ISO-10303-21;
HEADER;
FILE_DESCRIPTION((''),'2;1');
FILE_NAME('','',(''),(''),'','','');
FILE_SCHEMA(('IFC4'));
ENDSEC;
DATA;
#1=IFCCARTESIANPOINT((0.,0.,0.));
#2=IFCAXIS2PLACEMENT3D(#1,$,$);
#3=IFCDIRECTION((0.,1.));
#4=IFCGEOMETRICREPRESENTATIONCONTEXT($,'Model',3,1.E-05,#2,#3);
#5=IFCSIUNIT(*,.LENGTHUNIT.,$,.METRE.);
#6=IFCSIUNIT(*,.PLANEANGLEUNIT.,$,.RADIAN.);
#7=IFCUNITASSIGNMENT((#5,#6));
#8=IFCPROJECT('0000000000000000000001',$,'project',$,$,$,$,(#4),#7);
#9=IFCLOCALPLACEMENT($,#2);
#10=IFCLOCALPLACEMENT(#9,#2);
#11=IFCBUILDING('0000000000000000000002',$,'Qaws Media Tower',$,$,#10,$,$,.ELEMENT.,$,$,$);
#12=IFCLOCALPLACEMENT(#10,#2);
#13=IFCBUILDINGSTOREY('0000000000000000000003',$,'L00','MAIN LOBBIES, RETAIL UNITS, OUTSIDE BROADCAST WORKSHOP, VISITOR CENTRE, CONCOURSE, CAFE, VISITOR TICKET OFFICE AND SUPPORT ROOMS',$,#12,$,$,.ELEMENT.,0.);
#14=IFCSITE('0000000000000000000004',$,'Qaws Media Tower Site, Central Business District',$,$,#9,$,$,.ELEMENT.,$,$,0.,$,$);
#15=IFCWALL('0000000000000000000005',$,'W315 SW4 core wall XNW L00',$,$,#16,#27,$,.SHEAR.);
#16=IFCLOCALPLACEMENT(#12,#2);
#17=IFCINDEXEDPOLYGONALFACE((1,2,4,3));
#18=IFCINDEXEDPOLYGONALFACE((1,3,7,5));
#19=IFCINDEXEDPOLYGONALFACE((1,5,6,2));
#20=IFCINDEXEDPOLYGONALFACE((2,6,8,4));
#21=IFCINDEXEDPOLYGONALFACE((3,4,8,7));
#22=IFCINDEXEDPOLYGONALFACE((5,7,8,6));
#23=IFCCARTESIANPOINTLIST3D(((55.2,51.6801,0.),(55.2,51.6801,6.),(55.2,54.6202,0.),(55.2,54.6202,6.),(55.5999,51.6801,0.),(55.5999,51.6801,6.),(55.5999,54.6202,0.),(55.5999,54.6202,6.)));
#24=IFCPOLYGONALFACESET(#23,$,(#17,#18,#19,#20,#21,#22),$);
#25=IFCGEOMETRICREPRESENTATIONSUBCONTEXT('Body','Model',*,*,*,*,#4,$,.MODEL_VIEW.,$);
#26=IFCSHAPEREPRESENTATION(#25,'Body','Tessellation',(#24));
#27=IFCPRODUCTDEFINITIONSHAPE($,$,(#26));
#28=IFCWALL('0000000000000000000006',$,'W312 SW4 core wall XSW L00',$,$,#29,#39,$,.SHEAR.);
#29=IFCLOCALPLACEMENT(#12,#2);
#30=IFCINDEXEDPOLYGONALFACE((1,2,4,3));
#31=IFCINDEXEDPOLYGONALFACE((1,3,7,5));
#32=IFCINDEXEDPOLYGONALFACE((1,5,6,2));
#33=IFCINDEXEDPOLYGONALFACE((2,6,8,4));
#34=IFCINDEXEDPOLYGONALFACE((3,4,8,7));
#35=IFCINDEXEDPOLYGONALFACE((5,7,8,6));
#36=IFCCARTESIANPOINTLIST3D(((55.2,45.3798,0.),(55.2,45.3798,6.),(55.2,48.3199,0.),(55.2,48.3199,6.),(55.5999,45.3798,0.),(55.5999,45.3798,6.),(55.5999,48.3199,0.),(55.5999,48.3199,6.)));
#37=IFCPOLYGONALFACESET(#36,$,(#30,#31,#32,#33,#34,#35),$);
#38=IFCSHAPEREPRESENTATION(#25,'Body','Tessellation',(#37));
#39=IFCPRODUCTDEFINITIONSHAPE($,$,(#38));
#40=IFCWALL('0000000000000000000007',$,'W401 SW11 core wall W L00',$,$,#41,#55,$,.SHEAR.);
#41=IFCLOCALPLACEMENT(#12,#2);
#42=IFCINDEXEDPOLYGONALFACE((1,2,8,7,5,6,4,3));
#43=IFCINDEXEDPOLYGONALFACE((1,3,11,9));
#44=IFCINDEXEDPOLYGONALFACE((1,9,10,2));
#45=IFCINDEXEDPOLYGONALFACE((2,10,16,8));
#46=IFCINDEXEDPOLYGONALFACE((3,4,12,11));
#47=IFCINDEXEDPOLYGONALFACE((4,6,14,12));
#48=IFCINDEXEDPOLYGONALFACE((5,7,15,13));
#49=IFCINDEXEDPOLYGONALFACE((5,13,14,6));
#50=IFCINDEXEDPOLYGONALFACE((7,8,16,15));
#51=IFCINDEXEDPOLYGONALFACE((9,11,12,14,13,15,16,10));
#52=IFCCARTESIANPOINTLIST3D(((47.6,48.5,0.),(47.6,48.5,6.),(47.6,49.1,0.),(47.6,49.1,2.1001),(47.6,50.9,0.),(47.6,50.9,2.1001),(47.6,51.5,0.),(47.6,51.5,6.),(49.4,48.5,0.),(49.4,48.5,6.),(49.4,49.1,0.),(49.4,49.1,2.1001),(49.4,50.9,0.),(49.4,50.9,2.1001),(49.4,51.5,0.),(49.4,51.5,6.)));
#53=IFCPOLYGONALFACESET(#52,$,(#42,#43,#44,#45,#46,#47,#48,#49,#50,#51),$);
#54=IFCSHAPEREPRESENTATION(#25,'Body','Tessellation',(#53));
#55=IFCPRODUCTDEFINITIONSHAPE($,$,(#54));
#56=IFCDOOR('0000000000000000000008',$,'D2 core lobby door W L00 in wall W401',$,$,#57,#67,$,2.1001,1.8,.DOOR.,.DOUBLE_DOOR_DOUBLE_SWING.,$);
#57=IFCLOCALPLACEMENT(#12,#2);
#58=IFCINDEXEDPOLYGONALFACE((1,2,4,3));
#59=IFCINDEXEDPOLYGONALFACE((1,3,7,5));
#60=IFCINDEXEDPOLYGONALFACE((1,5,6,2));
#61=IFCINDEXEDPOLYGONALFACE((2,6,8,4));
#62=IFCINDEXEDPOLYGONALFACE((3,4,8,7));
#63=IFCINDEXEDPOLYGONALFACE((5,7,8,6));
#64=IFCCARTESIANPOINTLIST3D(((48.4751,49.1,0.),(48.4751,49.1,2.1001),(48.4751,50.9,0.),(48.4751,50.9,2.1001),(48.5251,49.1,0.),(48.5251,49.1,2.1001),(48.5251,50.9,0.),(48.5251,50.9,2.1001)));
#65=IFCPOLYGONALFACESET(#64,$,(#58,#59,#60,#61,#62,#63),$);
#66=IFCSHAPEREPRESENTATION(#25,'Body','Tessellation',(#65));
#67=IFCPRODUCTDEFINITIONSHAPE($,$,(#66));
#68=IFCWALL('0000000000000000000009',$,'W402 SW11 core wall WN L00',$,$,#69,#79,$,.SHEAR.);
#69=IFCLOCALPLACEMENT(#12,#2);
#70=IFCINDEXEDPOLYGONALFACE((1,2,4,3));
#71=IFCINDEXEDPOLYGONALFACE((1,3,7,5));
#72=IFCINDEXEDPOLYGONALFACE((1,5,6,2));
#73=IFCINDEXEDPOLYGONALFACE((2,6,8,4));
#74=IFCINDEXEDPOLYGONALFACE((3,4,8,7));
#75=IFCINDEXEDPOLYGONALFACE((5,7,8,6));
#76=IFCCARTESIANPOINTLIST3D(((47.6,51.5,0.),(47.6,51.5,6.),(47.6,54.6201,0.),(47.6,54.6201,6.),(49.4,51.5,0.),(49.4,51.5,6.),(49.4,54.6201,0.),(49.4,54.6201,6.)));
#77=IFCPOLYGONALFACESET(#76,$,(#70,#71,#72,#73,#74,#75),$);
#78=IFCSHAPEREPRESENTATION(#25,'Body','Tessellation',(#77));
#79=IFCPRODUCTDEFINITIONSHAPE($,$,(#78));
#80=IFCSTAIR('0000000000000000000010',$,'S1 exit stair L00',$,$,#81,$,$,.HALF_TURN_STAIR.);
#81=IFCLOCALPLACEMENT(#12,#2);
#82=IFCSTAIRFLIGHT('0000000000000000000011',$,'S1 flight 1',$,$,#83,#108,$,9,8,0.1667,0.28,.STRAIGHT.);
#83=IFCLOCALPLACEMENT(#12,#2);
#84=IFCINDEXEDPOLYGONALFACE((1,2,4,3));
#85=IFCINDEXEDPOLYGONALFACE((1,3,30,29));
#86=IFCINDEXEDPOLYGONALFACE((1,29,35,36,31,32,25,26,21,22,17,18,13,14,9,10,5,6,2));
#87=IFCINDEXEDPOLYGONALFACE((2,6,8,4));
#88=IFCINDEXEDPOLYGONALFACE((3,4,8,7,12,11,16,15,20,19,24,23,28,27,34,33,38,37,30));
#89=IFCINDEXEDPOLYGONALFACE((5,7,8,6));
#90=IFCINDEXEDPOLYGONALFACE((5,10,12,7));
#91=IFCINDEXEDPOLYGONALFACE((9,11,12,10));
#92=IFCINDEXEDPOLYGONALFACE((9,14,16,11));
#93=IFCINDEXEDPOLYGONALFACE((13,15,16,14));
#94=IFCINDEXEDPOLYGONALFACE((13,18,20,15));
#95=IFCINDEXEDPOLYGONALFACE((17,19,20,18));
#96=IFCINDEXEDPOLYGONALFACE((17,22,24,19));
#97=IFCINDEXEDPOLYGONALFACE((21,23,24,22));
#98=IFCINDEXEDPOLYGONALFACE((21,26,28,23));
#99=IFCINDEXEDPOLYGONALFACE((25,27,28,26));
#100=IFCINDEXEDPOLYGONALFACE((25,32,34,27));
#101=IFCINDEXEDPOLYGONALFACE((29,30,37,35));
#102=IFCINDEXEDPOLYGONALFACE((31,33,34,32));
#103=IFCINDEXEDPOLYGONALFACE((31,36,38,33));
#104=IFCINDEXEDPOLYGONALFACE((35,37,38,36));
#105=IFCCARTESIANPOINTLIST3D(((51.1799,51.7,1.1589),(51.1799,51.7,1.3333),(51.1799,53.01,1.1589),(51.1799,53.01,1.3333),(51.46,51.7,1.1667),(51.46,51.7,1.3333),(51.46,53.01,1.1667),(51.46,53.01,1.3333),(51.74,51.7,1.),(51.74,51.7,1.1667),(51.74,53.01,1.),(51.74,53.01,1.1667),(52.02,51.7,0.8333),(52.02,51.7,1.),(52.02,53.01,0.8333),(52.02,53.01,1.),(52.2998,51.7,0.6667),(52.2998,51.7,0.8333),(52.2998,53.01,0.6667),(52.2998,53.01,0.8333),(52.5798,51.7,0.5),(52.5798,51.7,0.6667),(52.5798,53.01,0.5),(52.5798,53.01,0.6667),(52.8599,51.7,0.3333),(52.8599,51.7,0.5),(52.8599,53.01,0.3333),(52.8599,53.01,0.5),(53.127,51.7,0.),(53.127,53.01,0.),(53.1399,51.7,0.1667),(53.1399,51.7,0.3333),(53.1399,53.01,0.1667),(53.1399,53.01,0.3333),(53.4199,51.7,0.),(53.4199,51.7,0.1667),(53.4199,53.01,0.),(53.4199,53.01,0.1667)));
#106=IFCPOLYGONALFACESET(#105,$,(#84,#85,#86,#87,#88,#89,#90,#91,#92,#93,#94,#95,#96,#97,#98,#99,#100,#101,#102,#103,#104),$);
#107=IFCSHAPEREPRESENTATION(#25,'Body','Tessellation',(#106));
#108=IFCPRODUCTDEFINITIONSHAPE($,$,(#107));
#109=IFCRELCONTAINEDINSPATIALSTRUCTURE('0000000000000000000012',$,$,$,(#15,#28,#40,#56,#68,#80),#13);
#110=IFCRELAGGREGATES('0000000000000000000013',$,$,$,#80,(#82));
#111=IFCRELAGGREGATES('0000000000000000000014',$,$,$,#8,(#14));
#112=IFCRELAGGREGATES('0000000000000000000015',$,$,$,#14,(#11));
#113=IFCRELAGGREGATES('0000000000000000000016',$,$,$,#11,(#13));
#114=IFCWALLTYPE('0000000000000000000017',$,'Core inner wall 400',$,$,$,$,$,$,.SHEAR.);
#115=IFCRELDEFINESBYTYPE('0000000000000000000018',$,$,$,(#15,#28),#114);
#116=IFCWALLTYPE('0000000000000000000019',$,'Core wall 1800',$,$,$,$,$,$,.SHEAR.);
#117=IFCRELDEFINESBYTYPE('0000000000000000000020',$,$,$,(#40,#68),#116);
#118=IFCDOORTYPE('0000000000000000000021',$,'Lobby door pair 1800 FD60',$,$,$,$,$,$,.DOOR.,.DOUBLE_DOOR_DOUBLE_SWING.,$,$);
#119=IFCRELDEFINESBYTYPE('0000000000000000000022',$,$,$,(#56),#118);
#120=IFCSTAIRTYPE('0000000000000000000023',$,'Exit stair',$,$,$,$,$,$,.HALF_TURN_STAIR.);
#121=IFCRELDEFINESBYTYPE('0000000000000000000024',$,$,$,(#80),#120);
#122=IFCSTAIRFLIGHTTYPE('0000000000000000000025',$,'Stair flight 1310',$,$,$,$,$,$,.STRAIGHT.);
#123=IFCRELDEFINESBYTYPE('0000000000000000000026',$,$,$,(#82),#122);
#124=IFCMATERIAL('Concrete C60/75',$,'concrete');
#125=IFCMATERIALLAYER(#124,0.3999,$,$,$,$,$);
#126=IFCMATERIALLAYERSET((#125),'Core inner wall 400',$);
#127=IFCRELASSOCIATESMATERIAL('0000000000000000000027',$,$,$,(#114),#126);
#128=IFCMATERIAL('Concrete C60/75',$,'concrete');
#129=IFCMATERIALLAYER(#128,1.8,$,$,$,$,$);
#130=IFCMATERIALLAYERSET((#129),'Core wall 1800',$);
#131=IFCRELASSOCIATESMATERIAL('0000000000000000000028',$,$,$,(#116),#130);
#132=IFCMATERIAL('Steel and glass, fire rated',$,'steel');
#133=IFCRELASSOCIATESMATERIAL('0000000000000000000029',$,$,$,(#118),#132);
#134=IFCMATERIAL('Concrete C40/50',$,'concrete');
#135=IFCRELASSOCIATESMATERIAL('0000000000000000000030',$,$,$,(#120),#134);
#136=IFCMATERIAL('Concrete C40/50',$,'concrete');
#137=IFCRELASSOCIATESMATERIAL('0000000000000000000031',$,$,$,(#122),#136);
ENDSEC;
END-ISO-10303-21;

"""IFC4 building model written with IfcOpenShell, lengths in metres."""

from ifc_helpers import new_model, si_unit, direction, frame, frame_2d, origin, place, context, subcontext, project, spatial, polyline, rectangle, outline, extrude, material, layer, layer_set, type_object, element, fill, aggregate, save


model = new_model("IFC4")

# Units and contexts
model_context = context("Model", 3, precision=1e-05, world=origin(), true_north=direction((0.0, 1.0)))
body_context = subcontext(model_context, "Body", "Model", "MODEL_VIEW")
ifc_project = project(units=[si_unit("LENGTHUNIT", "METRE"), si_unit("PLANEANGLEUNIT", "RADIAN")], contexts=[model_context])

# Site, building, storey
site_placement = place(None, origin())
site = spatial("IfcSite", under=ifc_project, at=site_placement, Name="Qaws Media Tower Site, Central Business District", CompositionType="ELEMENT", RefElevation=0.0)
building_placement = place(site_placement, origin())
building = spatial("IfcBuilding", under=site, at=building_placement, Name="Qaws Media Tower", CompositionType="ELEMENT")
storey_placement = place(building_placement, origin())
storey = spatial("IfcBuildingStorey", under=building, at=storey_placement, Name="L00", Description="MAIN LOBBIES, RETAIL UNITS, OUTSIDE BROADCAST WORKSHOP, VISITOR CENTRE, CONCOURSE, CAFE, VISITOR TICKET OFFICE AND SUPPORT ROOMS", CompositionType="ELEMENT", Elevation=0.0)

# Shared definitions
ifc_material_1 = material(Name="Concrete C60/75", Category="concrete")
ifc_layer_1 = layer(ifc_material_1, 0.3999)
ifc_layer_set_1 = layer_set([ifc_layer_1], Name="Core inner wall 400")
wall_type_1 = type_object("IfcWallType", Name="Core inner wall 400", PredefinedType="SHEAR", material=ifc_layer_set_1)

# Walls
for number, where, z_axis, x_axis, name in (
    (1, (55.3999, 51.6799, 0.0), (0.0, 0.0, 1.0), (0.0, 1.0, 0.0), "W315 SW4 core wall XNW L00"),
    (2, (55.3999, 48.3201, 0.0), (0.0, 0.0, 1.0), (0.0, -1.0, 0.0), "W312 SW4 core wall XSW L00"),
):
    element("IfcWall", number, at=place(storey_placement, frame(where, z_axis=z_axis, x_axis=x_axis)), inside=storey, type_object=wall_type_1, Name=name, PredefinedType="SHEAR", context=body_context, shape_type="SweptSolid", body=[
        extrude(rectangle(XDim=2.9402, YDim=0.3999, at=frame_2d((1.4702, 0.0))), origin(), (0.0, 0.0, 1.0), 6.0),
    ])

# Wall, opening, door
ifc_material_2 = material(Name="Concrete C60/75", Category="concrete")
ifc_layer_2 = layer(ifc_material_2, 1.8)
ifc_layer_set_2 = layer_set([ifc_layer_2], Name="Core wall 1800")
wall_type_2 = type_object("IfcWallType", Name="Core wall 1800", PredefinedType="SHEAR", material=ifc_layer_set_2)
wall_1_placement = place(storey_placement, frame((48.5, 48.5, 0.0), z_axis=(0.0, 0.0, 1.0), x_axis=(0.0, 1.0, 0.0)))
wall_1 = element("IfcWall", 3, at=wall_1_placement, inside=storey, type_object=wall_type_2, Name="W401 SW11 core wall W L00", PredefinedType="SHEAR", context=body_context, shape_type="SweptSolid", body=[
    extrude(rectangle(XDim=3.0, YDim=1.8, at=frame_2d((1.5, 0.0))), origin(), (0.0, 0.0, 1.0), 6.0),
])
opening_1_placement = place(wall_1_placement, frame((0.6001, 0.0, 0.0)))
opening_1 = element("IfcOpeningElement", 4, at=opening_1_placement, cuts=wall_1, PredefinedType="OPENING", context=body_context, shape_type="SweptSolid", body=[
    extrude(rectangle(XDim=1.8, YDim=2.1001, at=frame_2d((0.8999, 1.05))), frame((0.0, 0.9099, 0.0), z_axis=(0.0, -1.0, 0.0), x_axis=(1.0, 0.0, 0.0)), (0.0, 0.0, 1.0), 1.8201),
])
ifc_material_3 = material(Name="Steel and glass, fire rated", Category="steel")
door_type_1 = type_object("IfcDoorType", Name="Lobby door pair 1800 FD60", OperationType="DOUBLE_DOOR_DOUBLE_SWING", PredefinedType="DOOR", material=ifc_material_3)
door_1_placement = place(opening_1_placement, origin())
door_1 = element("IfcDoor", 5, at=door_1_placement, inside=storey, type_object=door_type_1, Name="D2 core lobby door W L00 in wall W401", OperationType="DOUBLE_DOOR_DOUBLE_SWING", OverallHeight=2.1001, OverallWidth=1.8, PredefinedType="DOOR", context=body_context, shape_type="SweptSolid", body=[
    extrude(rectangle(XDim=1.8, YDim=2.1001, at=frame_2d((0.8999, 1.05))), frame((0.0, 0.0249, 0.0), z_axis=(0.0, -1.0, 0.0), x_axis=(1.0, 0.0, 0.0)), (0.0, 0.0, 1.0), 0.05),
])
fill(opening_1, door_1)

# Wall
wall_2_placement = place(storey_placement, frame((48.5, 51.5, 0.0), z_axis=(0.0, 0.0, 1.0), x_axis=(0.0, 1.0, 0.0)))
element("IfcWall", 6, at=wall_2_placement, inside=storey, type_object=wall_type_2, Name="W402 SW11 core wall WN L00", PredefinedType="SHEAR", context=body_context, shape_type="SweptSolid", body=[
    extrude(rectangle(XDim=3.1201, YDim=1.8, at=frame_2d((1.5601, 0.0))), origin(), (0.0, 0.0, 1.0), 6.0),
])

# Stair, stair flight
ifc_material_4 = material(Name="Concrete C40/50", Category="concrete")
stair_type = type_object("IfcStairType", Name="Exit stair", PredefinedType="HALF_TURN_STAIR", material=ifc_material_4)
stair_placement = place(storey_placement, origin())
stair = element("IfcStair", 7, at=stair_placement, inside=storey, type_object=stair_type, Name="S1 exit stair L00", PredefinedType="HALF_TURN_STAIR")
ifc_material_5 = material(Name="Concrete C40/50", Category="concrete")
stair_flight_type = type_object("IfcStairFlightType", Name="Stair flight 1310", PredefinedType="STRAIGHT", material=ifc_material_5)
stair_flight_placement = place(storey_placement, frame((53.4199, 52.355, 0.0), z_axis=(0.0, 0.0, 1.0), x_axis=(-1.0, 0.0, 0.0)))
stair_flight = element("IfcStairFlight", 8, at=stair_flight_placement, type_object=stair_flight_type, Name="S1 flight 1", NumberOfRisers=9, NumberOfTreads=8, PredefinedType="STRAIGHT", RiserHeight=0.1667, TreadLength=0.28, context=body_context, shape_type="SweptSolid", body=[
    extrude(outline(polyline([(0.0, 0.0), (0.0, 0.1667), (0.28, 0.1667), (0.28, 0.3333), (0.5601, 0.3333), (0.5601, 0.5), (0.8401, 0.5), (0.8401, 0.6667), (1.1201, 0.6667), (1.1201, 0.8333), (1.3999, 0.8333), (1.3999, 1.0), (1.6799, 1.0), (1.6799, 1.1667), (1.96, 1.1667), (1.96, 1.3333), (2.24, 1.3333), (2.24, 1.5), (2.24, 1.1589), (0.293, 0.0), (0.0, 0.0)])), frame((0.0, 0.655, 0.0), z_axis=(0.0, -1.0, 0.0), x_axis=(1.0, 0.0, 0.0)), (0.0, 0.0, 1.0), 1.3101),
])
aggregate(stair, [stair_flight])

save(model, "model.ifc")
